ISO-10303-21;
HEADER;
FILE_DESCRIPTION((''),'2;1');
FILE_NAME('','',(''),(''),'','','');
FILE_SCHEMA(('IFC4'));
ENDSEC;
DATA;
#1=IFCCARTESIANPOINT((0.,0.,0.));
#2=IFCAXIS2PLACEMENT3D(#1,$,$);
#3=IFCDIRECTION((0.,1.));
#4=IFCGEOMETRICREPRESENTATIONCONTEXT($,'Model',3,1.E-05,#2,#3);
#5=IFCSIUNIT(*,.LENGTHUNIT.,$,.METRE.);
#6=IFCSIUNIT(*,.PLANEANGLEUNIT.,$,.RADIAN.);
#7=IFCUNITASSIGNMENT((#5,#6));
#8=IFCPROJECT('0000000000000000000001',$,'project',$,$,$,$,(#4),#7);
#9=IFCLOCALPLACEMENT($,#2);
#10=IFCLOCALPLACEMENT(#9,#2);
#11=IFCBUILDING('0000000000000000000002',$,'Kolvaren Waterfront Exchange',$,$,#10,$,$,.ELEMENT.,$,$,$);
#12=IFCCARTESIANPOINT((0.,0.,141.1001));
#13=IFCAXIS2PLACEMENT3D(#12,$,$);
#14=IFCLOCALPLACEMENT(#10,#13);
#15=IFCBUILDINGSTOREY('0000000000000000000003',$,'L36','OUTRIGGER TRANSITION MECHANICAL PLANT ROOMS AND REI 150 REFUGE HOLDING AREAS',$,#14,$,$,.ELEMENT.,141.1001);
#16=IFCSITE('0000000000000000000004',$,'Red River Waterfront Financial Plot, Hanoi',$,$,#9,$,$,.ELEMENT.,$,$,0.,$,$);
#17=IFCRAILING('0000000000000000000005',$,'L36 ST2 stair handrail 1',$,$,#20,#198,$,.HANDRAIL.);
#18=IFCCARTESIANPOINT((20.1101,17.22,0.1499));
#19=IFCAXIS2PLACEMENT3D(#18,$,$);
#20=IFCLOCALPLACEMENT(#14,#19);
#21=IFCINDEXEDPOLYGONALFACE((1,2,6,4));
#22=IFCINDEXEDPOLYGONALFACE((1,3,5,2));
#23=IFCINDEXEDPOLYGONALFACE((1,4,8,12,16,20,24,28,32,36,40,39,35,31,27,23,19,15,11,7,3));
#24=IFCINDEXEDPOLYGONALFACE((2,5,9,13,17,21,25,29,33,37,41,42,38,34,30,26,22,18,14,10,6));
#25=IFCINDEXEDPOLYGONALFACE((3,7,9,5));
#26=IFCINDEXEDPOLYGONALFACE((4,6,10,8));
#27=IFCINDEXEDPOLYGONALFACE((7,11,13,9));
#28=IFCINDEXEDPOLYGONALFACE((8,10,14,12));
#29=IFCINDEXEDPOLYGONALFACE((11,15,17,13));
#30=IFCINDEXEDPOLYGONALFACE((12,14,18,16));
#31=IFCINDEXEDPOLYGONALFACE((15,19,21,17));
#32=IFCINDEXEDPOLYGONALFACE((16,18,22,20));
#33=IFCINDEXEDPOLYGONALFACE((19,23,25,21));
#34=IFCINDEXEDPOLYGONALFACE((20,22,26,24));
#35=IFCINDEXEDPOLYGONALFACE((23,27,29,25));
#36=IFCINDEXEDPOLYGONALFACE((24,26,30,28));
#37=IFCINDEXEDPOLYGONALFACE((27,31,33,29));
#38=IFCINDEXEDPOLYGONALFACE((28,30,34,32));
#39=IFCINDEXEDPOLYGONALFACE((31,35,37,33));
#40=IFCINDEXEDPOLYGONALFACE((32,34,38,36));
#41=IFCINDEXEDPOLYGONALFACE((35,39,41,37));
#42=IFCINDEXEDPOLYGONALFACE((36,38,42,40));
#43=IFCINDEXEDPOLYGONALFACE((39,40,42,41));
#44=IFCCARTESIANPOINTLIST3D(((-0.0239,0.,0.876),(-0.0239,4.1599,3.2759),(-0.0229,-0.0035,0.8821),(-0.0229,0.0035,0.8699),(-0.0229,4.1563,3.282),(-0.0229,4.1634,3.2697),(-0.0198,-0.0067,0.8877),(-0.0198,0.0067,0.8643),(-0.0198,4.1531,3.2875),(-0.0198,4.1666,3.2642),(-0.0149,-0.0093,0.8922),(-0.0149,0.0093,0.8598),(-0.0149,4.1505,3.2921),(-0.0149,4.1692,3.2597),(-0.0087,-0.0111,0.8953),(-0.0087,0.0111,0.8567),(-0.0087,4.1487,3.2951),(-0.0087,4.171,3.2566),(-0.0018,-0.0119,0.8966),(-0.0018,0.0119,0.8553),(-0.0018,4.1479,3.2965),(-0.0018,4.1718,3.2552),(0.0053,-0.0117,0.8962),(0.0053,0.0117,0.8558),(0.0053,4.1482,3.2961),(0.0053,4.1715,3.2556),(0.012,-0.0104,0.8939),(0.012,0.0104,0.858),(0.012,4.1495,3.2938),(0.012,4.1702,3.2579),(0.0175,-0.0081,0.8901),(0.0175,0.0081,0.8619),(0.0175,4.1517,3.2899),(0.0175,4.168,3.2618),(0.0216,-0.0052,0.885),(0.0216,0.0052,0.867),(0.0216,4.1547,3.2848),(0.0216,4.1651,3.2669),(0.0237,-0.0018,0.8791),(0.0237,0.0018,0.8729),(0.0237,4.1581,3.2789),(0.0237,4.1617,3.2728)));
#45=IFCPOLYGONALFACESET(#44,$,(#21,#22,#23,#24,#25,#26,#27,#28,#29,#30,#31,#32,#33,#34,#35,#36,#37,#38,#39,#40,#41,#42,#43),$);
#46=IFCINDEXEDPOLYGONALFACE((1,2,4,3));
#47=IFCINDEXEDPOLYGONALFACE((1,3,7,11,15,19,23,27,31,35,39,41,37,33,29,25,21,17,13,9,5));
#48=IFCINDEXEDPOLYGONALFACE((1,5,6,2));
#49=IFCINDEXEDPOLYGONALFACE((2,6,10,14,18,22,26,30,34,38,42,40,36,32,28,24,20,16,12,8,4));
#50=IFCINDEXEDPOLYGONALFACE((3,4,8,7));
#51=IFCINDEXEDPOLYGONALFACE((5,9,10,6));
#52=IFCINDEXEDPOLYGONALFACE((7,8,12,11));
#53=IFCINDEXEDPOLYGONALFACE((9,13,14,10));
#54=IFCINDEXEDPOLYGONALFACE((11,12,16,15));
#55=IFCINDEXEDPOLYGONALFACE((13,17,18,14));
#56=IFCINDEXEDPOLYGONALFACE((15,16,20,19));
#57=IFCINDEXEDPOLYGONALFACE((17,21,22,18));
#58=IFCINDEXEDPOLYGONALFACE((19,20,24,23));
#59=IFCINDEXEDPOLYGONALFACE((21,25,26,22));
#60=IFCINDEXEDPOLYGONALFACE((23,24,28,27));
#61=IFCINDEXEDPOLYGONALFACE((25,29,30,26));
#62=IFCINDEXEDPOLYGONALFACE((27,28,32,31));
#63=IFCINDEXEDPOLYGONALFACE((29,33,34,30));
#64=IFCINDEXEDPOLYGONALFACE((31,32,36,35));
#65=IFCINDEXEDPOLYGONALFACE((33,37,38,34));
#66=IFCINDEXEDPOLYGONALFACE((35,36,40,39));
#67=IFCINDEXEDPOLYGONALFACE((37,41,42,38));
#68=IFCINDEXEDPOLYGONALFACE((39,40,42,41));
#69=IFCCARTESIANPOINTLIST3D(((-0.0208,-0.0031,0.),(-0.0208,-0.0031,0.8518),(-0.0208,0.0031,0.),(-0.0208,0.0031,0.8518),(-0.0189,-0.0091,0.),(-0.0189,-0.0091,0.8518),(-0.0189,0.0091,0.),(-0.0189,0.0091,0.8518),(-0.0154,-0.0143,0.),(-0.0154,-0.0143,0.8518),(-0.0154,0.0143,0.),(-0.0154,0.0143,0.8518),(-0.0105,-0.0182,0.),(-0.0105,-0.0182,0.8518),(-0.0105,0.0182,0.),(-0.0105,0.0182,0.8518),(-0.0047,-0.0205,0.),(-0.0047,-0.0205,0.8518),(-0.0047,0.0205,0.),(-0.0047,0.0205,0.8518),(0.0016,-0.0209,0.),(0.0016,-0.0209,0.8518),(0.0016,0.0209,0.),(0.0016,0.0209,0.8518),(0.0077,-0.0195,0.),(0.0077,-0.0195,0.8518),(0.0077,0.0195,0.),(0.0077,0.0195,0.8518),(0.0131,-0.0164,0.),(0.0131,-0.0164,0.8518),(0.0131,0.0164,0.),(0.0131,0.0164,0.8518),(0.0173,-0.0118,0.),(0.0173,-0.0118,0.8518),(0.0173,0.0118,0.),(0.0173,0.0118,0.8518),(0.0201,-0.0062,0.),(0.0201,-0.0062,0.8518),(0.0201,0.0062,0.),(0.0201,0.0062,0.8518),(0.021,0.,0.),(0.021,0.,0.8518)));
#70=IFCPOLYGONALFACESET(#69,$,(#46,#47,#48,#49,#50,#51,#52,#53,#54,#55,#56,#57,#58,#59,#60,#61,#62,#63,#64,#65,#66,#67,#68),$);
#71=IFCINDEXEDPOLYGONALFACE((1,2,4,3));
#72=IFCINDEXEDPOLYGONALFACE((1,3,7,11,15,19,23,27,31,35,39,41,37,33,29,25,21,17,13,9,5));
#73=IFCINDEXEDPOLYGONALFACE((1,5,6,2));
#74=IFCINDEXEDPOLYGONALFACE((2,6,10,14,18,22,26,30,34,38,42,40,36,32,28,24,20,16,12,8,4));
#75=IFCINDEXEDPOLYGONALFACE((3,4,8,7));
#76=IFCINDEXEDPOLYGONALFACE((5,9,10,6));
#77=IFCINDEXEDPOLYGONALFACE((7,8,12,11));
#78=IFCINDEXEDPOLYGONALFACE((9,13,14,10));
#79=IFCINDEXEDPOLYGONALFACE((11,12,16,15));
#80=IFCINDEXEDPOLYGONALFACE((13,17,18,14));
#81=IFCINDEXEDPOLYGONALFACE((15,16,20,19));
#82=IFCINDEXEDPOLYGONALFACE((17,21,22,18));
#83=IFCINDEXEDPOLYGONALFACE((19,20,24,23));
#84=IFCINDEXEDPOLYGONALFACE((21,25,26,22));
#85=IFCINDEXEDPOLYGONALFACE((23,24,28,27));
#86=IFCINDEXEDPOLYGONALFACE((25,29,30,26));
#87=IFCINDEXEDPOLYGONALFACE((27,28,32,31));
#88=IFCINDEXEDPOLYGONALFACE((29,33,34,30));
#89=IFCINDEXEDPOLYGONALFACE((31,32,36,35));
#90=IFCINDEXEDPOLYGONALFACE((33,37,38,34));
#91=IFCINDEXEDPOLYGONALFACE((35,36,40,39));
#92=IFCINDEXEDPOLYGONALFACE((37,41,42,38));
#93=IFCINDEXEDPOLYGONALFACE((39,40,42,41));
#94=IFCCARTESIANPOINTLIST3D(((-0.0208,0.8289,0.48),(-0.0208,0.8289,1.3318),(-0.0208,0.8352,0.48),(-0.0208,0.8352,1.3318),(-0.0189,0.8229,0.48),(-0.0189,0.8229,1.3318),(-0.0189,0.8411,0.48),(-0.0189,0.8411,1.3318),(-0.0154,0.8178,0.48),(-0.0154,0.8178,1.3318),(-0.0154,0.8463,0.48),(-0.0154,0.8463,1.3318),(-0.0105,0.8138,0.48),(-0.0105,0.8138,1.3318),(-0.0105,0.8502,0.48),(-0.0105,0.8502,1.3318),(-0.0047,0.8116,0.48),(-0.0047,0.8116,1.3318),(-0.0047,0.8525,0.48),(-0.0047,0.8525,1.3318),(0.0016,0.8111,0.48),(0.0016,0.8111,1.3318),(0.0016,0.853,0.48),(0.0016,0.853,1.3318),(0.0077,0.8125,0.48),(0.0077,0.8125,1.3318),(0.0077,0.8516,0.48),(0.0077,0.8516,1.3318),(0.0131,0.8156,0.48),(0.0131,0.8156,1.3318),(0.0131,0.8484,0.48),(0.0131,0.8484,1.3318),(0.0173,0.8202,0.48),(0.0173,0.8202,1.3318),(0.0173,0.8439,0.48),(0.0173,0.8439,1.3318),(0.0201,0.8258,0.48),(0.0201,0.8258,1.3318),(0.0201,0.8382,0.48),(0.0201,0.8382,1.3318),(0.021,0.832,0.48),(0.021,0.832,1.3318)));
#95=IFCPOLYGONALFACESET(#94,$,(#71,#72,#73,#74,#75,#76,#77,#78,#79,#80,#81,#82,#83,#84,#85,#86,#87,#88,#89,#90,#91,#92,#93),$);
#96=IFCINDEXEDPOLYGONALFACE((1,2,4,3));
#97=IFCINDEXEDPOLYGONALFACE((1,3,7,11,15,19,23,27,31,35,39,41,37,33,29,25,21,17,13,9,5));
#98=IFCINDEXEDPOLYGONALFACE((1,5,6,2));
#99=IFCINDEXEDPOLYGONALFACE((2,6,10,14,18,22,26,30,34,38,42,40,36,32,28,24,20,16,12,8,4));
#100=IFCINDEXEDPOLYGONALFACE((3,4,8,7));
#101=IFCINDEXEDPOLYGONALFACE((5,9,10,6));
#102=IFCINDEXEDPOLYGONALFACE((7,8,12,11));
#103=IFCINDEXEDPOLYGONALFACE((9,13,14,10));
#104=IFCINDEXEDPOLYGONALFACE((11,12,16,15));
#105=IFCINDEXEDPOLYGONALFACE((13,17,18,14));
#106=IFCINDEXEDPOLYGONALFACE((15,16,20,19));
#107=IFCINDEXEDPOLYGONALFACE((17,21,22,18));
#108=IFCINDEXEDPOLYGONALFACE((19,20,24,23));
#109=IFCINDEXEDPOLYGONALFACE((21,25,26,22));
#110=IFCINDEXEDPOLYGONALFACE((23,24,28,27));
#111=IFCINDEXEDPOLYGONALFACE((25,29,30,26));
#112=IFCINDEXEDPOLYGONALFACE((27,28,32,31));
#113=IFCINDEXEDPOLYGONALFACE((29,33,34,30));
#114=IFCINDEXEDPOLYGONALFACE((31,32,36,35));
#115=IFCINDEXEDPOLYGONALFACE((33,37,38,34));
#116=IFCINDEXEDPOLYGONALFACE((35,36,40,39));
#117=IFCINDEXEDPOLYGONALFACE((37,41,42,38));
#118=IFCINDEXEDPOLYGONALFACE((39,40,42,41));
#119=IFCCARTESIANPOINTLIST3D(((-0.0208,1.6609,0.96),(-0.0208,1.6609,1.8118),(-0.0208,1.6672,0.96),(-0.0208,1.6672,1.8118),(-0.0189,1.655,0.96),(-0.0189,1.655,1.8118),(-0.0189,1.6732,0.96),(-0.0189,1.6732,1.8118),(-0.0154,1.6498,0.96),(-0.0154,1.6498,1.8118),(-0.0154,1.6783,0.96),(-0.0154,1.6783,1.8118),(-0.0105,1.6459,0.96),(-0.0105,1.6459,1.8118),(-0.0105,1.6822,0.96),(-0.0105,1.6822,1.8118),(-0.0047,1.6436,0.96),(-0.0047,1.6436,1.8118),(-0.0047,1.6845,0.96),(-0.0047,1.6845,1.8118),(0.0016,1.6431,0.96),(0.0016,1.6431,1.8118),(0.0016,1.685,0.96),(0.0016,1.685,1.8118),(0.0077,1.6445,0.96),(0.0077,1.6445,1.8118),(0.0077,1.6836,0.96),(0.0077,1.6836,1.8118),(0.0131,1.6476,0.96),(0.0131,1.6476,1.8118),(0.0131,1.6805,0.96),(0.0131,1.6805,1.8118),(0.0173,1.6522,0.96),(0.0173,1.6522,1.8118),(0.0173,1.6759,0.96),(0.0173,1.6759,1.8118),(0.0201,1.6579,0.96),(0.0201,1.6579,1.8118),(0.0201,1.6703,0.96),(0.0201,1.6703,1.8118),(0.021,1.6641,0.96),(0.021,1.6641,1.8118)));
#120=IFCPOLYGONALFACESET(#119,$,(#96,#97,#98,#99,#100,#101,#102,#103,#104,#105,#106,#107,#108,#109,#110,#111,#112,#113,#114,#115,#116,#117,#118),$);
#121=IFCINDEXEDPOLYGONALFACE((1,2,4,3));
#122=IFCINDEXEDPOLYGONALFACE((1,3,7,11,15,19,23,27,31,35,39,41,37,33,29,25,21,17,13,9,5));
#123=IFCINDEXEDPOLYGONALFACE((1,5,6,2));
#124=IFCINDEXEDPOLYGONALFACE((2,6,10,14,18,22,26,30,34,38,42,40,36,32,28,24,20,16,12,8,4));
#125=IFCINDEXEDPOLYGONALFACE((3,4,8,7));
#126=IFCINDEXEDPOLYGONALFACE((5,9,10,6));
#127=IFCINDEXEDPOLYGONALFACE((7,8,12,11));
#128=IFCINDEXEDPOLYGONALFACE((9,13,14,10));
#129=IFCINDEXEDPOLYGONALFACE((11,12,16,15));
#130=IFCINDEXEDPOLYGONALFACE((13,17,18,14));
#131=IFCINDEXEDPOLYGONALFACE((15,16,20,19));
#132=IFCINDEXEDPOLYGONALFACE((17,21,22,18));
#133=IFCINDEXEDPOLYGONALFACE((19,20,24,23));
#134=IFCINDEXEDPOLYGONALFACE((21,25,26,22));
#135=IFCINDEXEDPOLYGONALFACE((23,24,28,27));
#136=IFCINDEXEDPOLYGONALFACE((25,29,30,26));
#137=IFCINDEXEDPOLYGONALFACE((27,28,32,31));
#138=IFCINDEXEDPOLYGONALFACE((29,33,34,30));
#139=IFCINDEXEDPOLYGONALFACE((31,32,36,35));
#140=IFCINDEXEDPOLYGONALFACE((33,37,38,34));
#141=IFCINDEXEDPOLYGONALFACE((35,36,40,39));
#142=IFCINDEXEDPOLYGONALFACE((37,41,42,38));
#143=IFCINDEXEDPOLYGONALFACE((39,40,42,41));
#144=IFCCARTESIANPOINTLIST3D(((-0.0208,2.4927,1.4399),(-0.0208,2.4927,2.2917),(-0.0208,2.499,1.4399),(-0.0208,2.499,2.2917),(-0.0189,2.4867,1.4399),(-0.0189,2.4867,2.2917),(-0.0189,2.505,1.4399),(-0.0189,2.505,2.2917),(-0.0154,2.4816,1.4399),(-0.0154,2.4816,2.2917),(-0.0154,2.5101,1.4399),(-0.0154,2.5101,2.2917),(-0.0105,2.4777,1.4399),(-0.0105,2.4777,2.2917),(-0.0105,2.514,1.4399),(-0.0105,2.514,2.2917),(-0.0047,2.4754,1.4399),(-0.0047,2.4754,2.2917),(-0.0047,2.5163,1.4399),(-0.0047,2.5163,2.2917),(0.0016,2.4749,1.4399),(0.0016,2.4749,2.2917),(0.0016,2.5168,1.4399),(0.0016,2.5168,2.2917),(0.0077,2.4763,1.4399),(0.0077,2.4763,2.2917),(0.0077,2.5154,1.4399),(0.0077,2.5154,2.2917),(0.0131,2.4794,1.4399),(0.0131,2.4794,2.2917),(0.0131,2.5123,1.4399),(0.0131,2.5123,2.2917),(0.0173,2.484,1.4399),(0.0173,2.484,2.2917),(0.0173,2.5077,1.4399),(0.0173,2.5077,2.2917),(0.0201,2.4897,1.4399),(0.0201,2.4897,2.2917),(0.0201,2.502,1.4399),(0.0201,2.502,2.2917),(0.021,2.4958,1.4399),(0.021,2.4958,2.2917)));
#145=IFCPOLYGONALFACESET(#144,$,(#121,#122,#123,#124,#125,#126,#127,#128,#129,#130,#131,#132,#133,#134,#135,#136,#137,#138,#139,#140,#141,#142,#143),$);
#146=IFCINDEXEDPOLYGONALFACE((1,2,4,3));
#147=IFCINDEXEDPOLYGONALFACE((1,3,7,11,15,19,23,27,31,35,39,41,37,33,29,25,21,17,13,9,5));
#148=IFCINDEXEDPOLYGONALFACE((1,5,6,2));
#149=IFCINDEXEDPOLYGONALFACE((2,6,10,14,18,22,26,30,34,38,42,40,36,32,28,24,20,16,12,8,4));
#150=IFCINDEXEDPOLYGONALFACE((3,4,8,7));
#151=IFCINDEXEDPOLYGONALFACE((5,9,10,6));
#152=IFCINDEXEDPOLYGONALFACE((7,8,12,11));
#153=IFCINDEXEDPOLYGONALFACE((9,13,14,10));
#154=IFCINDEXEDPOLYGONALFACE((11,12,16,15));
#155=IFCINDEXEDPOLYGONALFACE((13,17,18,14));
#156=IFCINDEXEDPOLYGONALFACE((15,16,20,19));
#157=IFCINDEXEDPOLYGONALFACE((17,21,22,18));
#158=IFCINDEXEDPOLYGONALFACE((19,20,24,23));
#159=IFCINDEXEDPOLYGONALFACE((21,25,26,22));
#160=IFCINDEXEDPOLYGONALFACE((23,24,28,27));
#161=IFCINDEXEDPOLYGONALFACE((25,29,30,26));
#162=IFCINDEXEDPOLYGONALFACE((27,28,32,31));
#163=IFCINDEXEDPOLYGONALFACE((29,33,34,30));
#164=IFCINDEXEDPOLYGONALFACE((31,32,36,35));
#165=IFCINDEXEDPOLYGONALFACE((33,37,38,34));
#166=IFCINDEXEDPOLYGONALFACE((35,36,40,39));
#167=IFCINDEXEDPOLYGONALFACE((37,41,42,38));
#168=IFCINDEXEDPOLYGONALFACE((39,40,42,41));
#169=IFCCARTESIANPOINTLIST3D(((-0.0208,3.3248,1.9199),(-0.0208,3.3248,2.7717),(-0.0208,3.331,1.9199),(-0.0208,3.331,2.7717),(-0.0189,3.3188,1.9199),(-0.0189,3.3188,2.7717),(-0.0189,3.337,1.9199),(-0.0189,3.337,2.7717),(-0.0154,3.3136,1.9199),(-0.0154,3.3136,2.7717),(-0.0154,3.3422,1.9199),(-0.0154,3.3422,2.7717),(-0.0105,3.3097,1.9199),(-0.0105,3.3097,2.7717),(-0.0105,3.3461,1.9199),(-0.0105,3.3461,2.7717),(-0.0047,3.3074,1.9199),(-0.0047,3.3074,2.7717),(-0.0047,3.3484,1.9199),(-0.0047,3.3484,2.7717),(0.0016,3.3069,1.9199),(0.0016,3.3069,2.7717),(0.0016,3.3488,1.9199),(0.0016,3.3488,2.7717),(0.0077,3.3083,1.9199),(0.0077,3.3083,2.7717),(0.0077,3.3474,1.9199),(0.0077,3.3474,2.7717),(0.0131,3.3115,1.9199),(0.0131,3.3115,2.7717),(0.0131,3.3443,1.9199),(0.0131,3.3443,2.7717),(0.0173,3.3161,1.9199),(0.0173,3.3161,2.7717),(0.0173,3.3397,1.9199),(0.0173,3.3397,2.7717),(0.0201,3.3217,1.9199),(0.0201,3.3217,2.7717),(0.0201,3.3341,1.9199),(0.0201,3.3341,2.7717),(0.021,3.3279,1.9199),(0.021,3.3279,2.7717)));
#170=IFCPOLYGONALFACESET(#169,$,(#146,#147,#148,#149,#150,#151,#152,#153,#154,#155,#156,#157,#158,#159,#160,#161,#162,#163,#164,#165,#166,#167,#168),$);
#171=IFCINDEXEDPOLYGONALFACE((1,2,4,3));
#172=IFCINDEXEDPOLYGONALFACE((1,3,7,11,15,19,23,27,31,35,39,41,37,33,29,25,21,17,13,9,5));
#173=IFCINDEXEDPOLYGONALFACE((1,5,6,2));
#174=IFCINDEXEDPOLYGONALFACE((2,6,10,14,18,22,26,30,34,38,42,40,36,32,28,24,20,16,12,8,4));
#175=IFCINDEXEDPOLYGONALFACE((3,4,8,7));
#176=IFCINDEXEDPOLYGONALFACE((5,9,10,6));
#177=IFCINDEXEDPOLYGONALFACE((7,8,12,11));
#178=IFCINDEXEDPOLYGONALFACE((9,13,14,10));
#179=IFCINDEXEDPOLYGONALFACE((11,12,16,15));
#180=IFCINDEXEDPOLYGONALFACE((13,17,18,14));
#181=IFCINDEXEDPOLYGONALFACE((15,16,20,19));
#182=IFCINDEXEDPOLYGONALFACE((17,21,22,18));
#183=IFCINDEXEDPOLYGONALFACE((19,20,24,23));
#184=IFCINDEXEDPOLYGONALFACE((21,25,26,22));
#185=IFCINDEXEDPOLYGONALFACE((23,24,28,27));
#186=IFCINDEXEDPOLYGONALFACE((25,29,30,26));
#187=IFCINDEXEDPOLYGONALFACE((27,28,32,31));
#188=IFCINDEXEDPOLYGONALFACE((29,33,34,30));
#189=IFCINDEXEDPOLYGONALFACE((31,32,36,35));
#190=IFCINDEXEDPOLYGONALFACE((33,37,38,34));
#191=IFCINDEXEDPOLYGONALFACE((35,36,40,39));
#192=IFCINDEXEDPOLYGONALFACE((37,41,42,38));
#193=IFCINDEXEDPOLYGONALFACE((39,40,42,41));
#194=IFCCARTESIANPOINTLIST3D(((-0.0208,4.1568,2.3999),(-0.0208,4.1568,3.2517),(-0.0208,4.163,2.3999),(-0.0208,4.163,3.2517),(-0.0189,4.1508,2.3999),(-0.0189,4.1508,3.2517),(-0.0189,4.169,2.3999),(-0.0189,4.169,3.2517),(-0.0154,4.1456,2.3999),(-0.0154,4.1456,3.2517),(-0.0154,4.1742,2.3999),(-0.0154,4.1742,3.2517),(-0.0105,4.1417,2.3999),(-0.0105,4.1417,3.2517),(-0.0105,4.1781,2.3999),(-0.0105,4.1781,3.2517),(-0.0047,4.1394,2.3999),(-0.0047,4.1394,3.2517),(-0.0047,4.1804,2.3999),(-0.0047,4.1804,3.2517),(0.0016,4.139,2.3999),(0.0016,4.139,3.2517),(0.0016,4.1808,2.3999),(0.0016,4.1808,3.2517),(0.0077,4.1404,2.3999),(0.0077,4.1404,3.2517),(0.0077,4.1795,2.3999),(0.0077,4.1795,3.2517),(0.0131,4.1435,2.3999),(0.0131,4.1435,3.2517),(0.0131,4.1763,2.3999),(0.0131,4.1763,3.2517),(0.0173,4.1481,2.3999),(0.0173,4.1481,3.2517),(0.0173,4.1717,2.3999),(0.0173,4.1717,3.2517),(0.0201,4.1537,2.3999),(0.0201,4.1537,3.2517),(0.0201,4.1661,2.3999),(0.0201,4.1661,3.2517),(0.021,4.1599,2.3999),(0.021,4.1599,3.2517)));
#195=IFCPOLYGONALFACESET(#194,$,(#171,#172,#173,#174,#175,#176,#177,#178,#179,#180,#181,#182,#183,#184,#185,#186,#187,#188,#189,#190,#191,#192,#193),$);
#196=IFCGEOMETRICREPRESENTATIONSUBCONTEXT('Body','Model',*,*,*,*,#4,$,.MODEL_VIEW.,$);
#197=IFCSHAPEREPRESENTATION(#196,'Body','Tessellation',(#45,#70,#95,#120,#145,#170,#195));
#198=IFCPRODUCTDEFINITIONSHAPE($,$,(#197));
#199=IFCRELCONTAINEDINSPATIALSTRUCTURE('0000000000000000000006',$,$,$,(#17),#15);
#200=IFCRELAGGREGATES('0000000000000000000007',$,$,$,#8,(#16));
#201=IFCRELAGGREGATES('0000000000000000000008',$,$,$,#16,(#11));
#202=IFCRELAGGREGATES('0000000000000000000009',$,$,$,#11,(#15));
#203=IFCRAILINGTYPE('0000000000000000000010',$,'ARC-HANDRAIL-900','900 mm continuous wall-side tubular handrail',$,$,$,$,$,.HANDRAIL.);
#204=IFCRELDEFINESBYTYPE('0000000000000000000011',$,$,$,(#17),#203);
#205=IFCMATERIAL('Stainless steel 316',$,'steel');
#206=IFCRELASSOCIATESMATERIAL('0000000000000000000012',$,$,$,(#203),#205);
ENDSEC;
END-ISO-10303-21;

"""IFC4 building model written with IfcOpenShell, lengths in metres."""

from ifc_helpers import new_model, si_unit, direction, frame, origin, origin_2d, place, context, subcontext, project, spatial, circle, extrude, material, type_object, element, save


model = new_model("IFC4")

# Units and contexts
model_context = context("Model", 3, precision=1e-05, world=origin(), true_north=direction((0.0, 1.0)))
body_context = subcontext(model_context, "Body", "Model", "MODEL_VIEW")
ifc_project = project(units=[si_unit("LENGTHUNIT", "METRE"), si_unit("PLANEANGLEUNIT", "RADIAN")], contexts=[model_context])

# Site, building, storey
site_placement = place(None, origin())
site = spatial("IfcSite", under=ifc_project, at=site_placement, Name="Red River Waterfront Financial Plot, Hanoi", CompositionType="ELEMENT", RefElevation=0.0)
building_placement = place(site_placement, origin())
building = spatial("IfcBuilding", under=site, at=building_placement, Name="Kolvaren Waterfront Exchange", CompositionType="ELEMENT")
storey_placement = place(building_placement, frame((0.0, 0.0, 141.1001)))
storey = spatial("IfcBuildingStorey", under=building, at=storey_placement, Name="L36", Description="OUTRIGGER TRANSITION MECHANICAL PLANT ROOMS AND REI 150 REFUGE HOLDING AREAS", CompositionType="ELEMENT", Elevation=141.1001)

# Railing
ifc_material_1 = material(Name="Stainless steel 316", Category="steel")
railing_type = type_object("IfcRailingType", Name="ARC-HANDRAIL-900", Description="900 mm continuous wall-side tubular handrail", PredefinedType="HANDRAIL", material=ifc_material_1)
railing_placement = place(storey_placement, frame((20.1101, 17.22, 0.1499)))
element("IfcRailing", 1, at=railing_placement, inside=storey, type_object=railing_type, Name="L36 ST2 stair handrail 1", PredefinedType="HANDRAIL", context=body_context, shape_type="SweptSolid", body=[
    extrude(circle(Radius=0.0239, at=origin_2d()), frame((0.0, 0.0, 0.876), z_axis=(0.0, 0.86619, 0.499715), x_axis=(-1.0, 0.0, 0.0)), (0.0, 0.0, 1.0), 4.8025),
    extrude(circle(Radius=0.021, at=origin_2d()), origin(), (0.0, 0.0, 1.0), 0.8518),
    extrude(circle(Radius=0.021, at=origin_2d()), frame((0.0, 0.832, 0.48)), (0.0, 0.0, 1.0), 0.8518),
    extrude(circle(Radius=0.021, at=origin_2d()), frame((0.0, 1.6641, 0.96)), (0.0, 0.0, 1.0), 0.8518),
    extrude(circle(Radius=0.021, at=origin_2d()), frame((0.0, 2.4958, 1.4399)), (0.0, 0.0, 1.0), 0.8518),
    extrude(circle(Radius=0.021, at=origin_2d()), frame((0.0, 3.3279, 1.9199)), (0.0, 0.0, 1.0), 0.8518),
    extrude(circle(Radius=0.021, at=origin_2d()), frame((0.0, 4.1599, 2.3999)), (0.0, 0.0, 1.0), 0.8518),
])

save(model, "model.ifc")
